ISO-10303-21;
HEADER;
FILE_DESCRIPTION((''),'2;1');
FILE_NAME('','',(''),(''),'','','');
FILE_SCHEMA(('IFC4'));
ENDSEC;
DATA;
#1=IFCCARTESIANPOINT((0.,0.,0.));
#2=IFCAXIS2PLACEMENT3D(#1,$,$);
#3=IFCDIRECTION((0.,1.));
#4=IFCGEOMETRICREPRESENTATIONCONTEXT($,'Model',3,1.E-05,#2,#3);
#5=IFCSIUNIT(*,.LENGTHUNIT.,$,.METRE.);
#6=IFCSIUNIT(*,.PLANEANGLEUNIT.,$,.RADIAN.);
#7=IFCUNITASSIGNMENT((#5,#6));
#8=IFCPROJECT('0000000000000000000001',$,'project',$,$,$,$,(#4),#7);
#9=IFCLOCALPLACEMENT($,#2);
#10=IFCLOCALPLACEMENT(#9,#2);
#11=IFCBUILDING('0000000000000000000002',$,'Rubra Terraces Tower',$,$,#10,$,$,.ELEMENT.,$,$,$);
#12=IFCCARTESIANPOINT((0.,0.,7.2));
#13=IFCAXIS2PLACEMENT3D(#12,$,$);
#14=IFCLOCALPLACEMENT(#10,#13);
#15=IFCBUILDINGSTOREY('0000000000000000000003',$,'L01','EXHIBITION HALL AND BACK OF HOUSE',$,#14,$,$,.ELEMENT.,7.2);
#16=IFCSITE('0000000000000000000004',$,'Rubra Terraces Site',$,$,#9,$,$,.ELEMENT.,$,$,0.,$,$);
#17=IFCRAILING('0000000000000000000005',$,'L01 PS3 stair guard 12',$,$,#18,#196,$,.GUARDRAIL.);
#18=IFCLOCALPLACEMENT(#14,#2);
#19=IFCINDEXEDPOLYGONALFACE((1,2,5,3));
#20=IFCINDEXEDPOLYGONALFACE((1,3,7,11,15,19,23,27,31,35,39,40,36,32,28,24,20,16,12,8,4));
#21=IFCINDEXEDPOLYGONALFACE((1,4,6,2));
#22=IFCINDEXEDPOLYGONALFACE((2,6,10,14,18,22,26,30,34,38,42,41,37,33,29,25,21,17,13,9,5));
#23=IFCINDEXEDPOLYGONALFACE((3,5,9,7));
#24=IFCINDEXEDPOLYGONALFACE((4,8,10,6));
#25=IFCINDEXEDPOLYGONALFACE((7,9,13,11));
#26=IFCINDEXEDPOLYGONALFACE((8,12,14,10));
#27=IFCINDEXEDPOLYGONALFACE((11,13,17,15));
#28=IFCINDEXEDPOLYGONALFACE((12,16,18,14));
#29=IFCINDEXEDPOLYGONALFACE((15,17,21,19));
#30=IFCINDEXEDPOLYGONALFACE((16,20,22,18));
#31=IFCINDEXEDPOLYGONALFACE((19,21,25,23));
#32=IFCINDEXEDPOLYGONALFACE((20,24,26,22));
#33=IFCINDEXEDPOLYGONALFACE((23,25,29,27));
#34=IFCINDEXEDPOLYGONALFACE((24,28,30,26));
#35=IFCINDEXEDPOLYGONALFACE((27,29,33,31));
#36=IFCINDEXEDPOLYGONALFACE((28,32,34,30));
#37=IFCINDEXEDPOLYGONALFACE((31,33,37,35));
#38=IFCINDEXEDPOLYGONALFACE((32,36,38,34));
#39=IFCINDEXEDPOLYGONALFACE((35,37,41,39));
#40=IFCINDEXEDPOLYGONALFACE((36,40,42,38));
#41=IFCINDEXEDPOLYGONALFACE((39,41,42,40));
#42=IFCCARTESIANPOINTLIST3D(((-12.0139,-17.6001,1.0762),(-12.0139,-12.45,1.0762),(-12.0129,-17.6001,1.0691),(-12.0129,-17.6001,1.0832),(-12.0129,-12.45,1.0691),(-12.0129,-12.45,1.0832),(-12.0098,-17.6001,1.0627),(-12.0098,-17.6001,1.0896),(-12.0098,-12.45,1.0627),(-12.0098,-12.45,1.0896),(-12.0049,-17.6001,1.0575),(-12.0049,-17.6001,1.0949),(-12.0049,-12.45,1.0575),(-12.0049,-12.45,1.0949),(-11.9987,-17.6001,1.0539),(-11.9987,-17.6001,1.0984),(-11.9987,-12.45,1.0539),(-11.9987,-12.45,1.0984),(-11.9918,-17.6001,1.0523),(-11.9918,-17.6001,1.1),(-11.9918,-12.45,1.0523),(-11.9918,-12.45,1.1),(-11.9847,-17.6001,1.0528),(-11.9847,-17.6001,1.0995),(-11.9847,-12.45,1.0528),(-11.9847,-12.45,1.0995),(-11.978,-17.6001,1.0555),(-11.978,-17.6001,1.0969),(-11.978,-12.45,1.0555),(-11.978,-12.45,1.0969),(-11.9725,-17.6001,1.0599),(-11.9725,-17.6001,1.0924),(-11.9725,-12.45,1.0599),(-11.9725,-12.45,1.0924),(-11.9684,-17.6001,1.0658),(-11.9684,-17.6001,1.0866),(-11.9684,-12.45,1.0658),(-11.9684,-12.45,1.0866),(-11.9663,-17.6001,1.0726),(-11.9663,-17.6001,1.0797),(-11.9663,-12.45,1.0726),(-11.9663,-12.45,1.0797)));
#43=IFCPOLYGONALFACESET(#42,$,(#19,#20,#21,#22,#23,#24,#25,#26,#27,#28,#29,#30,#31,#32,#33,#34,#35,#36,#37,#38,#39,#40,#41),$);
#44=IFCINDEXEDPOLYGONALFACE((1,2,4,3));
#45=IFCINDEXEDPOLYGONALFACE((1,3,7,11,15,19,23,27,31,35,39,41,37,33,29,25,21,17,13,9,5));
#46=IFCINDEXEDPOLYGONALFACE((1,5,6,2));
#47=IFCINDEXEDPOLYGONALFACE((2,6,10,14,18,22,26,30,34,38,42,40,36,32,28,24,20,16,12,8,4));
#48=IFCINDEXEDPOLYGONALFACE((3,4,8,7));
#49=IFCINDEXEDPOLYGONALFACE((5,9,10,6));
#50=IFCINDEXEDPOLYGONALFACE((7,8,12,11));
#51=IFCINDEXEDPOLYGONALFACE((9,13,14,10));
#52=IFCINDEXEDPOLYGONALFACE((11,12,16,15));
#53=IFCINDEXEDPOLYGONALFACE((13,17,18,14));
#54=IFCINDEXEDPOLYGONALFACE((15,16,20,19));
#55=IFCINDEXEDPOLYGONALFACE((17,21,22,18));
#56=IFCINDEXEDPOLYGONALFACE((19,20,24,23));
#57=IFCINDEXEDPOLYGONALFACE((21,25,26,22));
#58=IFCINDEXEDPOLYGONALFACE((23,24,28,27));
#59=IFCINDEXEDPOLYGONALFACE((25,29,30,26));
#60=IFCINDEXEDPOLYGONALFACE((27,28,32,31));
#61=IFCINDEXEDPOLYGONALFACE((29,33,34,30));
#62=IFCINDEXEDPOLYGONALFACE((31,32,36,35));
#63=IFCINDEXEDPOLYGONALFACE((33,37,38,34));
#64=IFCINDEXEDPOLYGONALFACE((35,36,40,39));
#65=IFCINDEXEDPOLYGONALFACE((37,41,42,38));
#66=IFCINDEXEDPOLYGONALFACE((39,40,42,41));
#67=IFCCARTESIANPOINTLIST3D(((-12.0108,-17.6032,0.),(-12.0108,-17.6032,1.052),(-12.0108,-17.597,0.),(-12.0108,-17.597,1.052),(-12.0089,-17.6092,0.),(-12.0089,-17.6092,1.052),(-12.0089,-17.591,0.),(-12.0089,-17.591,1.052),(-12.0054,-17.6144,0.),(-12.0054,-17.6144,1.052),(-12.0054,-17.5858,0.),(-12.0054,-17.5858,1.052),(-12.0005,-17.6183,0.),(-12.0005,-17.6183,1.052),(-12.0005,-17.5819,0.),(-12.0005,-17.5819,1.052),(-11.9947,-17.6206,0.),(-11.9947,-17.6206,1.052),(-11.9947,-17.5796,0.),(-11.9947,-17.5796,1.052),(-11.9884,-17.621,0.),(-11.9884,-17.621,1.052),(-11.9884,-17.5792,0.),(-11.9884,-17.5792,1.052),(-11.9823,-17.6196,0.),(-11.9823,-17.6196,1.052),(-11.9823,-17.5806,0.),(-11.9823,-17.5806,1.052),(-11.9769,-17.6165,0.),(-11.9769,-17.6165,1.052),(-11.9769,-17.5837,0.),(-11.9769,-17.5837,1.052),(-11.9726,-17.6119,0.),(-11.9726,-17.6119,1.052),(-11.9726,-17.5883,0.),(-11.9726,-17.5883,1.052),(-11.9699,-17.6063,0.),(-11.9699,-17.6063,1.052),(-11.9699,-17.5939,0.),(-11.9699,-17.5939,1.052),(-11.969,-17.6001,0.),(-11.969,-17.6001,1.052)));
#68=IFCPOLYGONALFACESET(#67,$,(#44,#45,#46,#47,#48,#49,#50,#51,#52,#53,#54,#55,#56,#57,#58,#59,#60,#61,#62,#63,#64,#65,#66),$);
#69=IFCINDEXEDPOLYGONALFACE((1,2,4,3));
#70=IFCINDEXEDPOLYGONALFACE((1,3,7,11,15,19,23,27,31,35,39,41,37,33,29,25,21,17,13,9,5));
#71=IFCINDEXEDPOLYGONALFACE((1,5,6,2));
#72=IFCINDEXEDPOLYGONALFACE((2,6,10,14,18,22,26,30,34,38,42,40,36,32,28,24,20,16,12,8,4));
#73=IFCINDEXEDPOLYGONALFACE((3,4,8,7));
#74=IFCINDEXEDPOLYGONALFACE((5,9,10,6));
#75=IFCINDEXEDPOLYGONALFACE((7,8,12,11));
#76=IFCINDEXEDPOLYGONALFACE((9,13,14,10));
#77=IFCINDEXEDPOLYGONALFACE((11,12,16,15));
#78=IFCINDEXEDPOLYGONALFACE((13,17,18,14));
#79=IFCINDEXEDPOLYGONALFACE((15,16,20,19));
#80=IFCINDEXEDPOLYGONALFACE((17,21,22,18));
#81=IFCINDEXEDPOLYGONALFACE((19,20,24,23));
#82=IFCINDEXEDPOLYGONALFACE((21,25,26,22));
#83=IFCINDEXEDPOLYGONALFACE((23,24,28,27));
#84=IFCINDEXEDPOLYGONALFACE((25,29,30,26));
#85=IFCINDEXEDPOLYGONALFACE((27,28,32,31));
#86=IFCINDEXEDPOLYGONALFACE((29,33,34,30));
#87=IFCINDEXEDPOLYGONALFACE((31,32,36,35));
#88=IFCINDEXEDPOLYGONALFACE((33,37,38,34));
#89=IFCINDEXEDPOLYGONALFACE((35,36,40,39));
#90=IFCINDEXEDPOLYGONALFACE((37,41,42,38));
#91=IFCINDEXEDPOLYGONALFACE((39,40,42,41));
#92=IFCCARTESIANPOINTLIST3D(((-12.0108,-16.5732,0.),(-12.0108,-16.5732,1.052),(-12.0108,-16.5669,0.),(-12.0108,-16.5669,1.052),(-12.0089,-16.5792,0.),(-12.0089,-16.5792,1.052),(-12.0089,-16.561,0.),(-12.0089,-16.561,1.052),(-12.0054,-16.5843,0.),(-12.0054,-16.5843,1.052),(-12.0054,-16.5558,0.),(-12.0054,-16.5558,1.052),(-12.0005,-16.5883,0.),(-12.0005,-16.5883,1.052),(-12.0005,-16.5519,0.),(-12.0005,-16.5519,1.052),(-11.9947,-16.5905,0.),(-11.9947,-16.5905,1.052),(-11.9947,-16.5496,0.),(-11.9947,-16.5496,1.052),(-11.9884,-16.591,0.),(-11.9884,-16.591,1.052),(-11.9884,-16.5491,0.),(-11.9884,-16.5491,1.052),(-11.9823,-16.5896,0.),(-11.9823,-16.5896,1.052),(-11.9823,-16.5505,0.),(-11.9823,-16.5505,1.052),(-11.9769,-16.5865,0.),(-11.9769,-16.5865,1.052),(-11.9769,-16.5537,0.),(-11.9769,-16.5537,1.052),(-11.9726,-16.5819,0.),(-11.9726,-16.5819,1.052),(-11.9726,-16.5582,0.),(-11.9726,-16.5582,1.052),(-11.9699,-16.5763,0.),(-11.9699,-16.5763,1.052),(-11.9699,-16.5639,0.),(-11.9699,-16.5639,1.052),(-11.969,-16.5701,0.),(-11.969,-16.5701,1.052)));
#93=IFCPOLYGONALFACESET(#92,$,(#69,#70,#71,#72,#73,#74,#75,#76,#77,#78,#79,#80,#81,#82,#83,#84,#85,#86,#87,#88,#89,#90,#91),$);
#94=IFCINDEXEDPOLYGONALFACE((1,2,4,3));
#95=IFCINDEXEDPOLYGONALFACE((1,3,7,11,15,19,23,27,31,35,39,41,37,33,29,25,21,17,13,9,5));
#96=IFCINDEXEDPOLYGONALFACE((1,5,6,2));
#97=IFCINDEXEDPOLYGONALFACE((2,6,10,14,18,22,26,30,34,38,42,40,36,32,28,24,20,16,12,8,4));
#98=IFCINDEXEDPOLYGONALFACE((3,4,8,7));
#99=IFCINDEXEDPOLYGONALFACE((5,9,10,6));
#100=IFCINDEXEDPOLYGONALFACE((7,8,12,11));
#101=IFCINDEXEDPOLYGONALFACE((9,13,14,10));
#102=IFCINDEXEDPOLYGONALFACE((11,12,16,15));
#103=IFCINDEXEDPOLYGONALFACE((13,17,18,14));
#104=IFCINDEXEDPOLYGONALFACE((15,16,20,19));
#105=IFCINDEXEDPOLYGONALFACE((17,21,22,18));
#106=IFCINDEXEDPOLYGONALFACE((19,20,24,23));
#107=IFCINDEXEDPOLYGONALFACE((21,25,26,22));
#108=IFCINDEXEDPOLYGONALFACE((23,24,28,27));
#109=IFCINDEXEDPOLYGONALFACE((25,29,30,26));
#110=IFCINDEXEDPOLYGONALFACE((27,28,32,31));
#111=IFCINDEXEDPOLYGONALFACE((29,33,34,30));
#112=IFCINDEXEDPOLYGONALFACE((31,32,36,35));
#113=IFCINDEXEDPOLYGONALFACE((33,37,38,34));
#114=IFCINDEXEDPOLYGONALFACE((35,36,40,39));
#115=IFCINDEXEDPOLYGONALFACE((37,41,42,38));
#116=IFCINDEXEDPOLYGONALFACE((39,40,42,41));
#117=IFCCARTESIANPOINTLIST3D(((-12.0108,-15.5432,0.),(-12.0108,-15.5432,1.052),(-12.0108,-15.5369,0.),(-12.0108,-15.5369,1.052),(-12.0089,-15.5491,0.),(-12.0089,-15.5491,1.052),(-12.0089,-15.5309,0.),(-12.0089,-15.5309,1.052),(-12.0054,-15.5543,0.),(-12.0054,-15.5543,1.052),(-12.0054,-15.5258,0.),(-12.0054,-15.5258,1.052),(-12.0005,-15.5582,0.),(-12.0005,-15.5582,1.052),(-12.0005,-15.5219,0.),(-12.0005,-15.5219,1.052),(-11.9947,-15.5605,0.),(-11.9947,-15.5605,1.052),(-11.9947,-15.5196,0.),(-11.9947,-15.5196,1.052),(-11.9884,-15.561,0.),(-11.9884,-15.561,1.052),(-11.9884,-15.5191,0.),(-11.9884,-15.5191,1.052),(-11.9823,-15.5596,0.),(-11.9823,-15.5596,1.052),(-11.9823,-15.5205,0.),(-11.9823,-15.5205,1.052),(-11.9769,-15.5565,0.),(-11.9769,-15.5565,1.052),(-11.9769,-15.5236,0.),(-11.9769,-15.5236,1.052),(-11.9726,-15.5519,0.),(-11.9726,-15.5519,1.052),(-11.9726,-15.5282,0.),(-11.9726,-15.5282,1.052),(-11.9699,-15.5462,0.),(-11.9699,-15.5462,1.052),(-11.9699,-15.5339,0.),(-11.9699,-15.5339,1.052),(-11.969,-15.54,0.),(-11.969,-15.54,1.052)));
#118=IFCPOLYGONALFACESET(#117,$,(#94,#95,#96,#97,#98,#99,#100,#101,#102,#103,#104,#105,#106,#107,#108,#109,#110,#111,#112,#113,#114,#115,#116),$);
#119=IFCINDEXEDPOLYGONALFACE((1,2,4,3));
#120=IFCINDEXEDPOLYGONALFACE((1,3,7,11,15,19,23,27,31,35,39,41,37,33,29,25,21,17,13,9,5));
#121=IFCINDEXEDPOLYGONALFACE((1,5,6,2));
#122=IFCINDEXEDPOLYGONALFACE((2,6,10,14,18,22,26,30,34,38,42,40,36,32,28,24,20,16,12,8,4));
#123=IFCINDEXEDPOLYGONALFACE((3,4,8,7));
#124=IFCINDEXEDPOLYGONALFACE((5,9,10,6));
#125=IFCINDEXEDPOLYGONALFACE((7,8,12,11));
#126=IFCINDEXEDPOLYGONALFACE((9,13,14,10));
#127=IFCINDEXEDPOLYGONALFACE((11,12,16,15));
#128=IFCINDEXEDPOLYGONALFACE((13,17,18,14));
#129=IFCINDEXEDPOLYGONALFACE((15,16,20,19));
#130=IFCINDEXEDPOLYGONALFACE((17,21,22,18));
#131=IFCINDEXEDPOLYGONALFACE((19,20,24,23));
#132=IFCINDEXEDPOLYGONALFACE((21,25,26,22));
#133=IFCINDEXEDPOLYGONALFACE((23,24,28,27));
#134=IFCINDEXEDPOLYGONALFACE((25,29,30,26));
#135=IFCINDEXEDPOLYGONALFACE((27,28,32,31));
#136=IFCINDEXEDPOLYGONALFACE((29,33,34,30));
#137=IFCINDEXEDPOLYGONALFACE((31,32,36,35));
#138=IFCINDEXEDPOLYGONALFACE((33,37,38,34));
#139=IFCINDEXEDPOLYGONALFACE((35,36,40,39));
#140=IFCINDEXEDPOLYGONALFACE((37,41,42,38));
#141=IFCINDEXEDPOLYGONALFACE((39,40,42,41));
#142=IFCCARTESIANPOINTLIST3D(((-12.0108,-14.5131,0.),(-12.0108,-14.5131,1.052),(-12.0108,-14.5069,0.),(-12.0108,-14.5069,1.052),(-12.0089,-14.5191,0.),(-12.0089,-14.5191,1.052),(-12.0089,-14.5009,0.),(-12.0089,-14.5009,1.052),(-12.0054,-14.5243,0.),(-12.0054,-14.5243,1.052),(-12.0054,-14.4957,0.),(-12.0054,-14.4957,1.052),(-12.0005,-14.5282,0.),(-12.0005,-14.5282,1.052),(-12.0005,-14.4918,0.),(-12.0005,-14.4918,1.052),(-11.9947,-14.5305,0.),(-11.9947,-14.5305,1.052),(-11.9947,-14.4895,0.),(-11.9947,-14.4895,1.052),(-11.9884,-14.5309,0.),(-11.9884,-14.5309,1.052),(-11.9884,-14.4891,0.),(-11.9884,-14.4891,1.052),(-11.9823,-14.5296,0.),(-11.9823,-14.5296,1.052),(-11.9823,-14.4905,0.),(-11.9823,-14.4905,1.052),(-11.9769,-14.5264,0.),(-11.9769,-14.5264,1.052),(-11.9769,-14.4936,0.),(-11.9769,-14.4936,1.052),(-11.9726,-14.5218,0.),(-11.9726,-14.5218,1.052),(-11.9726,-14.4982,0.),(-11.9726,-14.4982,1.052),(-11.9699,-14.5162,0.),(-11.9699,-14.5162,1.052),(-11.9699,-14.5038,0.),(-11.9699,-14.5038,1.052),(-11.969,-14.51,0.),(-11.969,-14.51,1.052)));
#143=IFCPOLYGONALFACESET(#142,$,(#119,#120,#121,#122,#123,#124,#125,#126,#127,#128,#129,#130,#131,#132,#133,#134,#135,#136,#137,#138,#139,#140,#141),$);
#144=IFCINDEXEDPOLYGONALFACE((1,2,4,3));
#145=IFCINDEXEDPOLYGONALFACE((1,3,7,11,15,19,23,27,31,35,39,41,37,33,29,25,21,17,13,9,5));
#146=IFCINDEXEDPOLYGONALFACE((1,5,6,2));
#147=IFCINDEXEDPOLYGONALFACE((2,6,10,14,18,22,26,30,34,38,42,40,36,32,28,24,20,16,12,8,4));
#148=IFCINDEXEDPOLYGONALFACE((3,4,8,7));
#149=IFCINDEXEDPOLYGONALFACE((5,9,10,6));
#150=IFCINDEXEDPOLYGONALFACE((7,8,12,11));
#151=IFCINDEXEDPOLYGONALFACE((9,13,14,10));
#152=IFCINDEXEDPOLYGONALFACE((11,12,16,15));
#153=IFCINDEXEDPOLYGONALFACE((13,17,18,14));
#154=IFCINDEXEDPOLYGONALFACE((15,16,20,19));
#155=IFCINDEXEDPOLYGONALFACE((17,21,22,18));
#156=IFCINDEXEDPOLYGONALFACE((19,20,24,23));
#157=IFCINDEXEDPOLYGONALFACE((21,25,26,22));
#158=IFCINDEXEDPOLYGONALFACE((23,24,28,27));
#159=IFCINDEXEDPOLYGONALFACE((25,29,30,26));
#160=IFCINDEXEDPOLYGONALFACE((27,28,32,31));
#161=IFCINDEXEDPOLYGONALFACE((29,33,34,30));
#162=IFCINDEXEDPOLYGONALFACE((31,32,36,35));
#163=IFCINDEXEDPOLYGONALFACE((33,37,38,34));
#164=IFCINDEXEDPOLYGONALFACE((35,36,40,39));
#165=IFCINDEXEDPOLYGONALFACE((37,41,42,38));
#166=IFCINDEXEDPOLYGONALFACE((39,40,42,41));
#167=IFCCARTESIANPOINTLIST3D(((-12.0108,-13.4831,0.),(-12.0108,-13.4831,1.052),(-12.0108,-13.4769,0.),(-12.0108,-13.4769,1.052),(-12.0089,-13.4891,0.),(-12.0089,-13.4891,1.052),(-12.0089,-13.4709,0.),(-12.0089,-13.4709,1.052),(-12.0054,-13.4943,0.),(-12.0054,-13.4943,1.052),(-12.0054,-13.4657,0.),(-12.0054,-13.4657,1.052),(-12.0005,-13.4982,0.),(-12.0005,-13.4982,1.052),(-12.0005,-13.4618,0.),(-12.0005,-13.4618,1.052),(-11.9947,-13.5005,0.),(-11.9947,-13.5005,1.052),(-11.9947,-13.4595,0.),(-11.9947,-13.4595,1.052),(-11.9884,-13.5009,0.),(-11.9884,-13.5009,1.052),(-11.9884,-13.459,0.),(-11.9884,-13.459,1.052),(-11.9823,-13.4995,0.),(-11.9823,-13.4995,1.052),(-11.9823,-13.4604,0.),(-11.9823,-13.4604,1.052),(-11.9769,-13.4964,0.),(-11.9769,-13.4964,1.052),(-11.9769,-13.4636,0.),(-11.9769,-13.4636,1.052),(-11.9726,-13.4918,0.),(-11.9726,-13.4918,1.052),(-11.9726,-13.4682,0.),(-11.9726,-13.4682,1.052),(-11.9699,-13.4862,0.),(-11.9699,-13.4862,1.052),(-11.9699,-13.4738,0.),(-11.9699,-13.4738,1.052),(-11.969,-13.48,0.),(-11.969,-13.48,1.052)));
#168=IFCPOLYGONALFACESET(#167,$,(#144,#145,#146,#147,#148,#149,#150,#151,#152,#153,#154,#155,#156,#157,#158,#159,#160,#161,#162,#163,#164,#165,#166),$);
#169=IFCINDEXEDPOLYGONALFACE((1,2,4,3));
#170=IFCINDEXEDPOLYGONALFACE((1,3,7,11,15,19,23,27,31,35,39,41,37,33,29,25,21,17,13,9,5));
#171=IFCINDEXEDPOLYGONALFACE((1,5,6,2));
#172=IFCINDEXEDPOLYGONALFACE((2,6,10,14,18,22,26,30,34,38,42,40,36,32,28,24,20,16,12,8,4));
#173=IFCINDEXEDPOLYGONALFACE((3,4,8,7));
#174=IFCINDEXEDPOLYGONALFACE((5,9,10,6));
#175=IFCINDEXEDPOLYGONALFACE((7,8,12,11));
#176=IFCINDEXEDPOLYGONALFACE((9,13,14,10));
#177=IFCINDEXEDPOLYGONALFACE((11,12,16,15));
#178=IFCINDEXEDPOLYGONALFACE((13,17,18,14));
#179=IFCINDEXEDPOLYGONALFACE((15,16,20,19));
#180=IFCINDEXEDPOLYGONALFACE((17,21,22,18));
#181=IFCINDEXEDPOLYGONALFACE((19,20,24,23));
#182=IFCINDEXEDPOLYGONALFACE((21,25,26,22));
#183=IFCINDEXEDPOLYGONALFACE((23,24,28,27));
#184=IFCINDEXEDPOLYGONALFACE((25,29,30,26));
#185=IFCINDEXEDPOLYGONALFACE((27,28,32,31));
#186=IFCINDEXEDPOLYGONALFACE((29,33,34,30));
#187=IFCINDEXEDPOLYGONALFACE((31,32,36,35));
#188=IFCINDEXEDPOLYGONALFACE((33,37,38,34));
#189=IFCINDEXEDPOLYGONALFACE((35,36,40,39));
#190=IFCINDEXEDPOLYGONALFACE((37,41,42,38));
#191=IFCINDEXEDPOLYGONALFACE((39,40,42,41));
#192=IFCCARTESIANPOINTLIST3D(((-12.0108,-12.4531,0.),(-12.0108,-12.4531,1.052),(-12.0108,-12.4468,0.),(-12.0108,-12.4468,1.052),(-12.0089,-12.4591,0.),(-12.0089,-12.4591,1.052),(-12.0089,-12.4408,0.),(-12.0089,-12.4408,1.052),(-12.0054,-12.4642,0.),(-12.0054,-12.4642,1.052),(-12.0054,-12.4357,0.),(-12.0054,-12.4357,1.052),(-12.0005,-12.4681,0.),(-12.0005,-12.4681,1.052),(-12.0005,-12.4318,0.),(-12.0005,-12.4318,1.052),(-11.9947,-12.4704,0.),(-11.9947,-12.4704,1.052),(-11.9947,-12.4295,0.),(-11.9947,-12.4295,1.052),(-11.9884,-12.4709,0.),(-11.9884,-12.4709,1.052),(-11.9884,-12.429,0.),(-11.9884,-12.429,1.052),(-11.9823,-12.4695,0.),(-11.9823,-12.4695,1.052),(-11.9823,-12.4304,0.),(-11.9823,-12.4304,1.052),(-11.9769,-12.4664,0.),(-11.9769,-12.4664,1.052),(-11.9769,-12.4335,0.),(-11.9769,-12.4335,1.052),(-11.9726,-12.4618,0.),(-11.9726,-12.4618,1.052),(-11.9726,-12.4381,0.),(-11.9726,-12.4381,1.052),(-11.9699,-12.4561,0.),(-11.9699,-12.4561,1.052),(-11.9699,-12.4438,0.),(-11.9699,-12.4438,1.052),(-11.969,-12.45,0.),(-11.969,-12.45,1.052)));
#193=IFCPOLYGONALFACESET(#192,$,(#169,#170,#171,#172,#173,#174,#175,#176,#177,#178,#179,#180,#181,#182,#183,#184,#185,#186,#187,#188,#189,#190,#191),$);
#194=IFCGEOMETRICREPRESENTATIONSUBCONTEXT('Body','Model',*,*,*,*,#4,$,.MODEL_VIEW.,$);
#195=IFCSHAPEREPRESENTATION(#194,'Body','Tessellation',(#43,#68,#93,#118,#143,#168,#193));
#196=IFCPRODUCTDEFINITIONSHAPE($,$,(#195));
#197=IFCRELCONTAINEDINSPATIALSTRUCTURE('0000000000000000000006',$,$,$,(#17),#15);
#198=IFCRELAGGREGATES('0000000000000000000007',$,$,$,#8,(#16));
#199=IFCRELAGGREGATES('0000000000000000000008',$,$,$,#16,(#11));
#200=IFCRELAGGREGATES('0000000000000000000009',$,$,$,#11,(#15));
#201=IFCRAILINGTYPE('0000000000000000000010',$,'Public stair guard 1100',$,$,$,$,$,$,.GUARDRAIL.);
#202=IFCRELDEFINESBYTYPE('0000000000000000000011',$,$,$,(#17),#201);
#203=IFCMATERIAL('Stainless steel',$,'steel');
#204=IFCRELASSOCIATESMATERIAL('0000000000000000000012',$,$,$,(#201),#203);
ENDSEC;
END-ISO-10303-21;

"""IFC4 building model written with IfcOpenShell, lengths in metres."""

from ifc_helpers import new_model, si_unit, direction, frame, origin, origin_2d, place, context, subcontext, project, spatial, circle, extrude, material, type_object, element, save


model = new_model("IFC4")

# Units and contexts
model_context = context("Model", 3, precision=1e-05, world=origin(), true_north=direction((0.0, 1.0)))
body_context = subcontext(model_context, "Body", "Model", "MODEL_VIEW")
ifc_project = project(units=[si_unit("LENGTHUNIT", "METRE"), si_unit("PLANEANGLEUNIT", "RADIAN")], contexts=[model_context])

# Site, building, storey
site_placement = place(None, origin())
site = spatial("IfcSite", under=ifc_project, at=site_placement, Name="Rubra Terraces Site", CompositionType="ELEMENT", RefElevation=0.0)
building_placement = place(site_placement, origin())
building = spatial("IfcBuilding", under=site, at=building_placement, Name="Rubra Terraces Tower", CompositionType="ELEMENT")
storey_placement = place(building_placement, frame((0.0, 0.0, 7.2)))
storey = spatial("IfcBuildingStorey", under=building, at=storey_placement, Name="L01", Description="EXHIBITION HALL AND BACK OF HOUSE", CompositionType="ELEMENT", Elevation=7.2)

# Railing
ifc_material_1 = material(Name="Stainless steel", Category="steel")
railing_type_1 = type_object("IfcRailingType", Name="Public stair guard 1100", PredefinedType="GUARDRAIL", material=ifc_material_1)
railing_1_placement = place(storey_placement, frame((-11.99, -17.6001, 0.0)))
element("IfcRailing", 1, at=railing_1_placement, inside=storey, type_object=railing_type_1, Name="L01 PS3 stair guard 12", PredefinedType="GUARDRAIL", context=body_context, shape_type="SweptSolid", body=[
    extrude(circle(Radius=0.0239, at=origin_2d()), frame((0.0, 0.0, 1.0762), z_axis=(0.0, 1.0, 0.0), x_axis=(-1.0, 0.0, 0.0)), (0.0, 0.0, 1.0), 5.1501),
    extrude(circle(Radius=0.021, at=origin_2d()), origin(), (0.0, 0.0, 1.0), 1.052),
    extrude(circle(Radius=0.021, at=origin_2d()), frame((0.0, 1.03, 0.0)), (0.0, 0.0, 1.0), 1.052),
    extrude(circle(Radius=0.021, at=origin_2d()), frame((0.0, 2.0601, 0.0)), (0.0, 0.0, 1.0), 1.052),
    extrude(circle(Radius=0.021, at=origin_2d()), frame((0.0, 3.0901, 0.0)), (0.0, 0.0, 1.0), 1.052),
    extrude(circle(Radius=0.021, at=origin_2d()), frame((0.0, 4.1201, 0.0)), (0.0, 0.0, 1.0), 1.052),
    extrude(circle(Radius=0.021, at=origin_2d()), frame((0.0, 5.1501, 0.0)), (0.0, 0.0, 1.0), 1.052),
])

save(model, "model.ifc")
